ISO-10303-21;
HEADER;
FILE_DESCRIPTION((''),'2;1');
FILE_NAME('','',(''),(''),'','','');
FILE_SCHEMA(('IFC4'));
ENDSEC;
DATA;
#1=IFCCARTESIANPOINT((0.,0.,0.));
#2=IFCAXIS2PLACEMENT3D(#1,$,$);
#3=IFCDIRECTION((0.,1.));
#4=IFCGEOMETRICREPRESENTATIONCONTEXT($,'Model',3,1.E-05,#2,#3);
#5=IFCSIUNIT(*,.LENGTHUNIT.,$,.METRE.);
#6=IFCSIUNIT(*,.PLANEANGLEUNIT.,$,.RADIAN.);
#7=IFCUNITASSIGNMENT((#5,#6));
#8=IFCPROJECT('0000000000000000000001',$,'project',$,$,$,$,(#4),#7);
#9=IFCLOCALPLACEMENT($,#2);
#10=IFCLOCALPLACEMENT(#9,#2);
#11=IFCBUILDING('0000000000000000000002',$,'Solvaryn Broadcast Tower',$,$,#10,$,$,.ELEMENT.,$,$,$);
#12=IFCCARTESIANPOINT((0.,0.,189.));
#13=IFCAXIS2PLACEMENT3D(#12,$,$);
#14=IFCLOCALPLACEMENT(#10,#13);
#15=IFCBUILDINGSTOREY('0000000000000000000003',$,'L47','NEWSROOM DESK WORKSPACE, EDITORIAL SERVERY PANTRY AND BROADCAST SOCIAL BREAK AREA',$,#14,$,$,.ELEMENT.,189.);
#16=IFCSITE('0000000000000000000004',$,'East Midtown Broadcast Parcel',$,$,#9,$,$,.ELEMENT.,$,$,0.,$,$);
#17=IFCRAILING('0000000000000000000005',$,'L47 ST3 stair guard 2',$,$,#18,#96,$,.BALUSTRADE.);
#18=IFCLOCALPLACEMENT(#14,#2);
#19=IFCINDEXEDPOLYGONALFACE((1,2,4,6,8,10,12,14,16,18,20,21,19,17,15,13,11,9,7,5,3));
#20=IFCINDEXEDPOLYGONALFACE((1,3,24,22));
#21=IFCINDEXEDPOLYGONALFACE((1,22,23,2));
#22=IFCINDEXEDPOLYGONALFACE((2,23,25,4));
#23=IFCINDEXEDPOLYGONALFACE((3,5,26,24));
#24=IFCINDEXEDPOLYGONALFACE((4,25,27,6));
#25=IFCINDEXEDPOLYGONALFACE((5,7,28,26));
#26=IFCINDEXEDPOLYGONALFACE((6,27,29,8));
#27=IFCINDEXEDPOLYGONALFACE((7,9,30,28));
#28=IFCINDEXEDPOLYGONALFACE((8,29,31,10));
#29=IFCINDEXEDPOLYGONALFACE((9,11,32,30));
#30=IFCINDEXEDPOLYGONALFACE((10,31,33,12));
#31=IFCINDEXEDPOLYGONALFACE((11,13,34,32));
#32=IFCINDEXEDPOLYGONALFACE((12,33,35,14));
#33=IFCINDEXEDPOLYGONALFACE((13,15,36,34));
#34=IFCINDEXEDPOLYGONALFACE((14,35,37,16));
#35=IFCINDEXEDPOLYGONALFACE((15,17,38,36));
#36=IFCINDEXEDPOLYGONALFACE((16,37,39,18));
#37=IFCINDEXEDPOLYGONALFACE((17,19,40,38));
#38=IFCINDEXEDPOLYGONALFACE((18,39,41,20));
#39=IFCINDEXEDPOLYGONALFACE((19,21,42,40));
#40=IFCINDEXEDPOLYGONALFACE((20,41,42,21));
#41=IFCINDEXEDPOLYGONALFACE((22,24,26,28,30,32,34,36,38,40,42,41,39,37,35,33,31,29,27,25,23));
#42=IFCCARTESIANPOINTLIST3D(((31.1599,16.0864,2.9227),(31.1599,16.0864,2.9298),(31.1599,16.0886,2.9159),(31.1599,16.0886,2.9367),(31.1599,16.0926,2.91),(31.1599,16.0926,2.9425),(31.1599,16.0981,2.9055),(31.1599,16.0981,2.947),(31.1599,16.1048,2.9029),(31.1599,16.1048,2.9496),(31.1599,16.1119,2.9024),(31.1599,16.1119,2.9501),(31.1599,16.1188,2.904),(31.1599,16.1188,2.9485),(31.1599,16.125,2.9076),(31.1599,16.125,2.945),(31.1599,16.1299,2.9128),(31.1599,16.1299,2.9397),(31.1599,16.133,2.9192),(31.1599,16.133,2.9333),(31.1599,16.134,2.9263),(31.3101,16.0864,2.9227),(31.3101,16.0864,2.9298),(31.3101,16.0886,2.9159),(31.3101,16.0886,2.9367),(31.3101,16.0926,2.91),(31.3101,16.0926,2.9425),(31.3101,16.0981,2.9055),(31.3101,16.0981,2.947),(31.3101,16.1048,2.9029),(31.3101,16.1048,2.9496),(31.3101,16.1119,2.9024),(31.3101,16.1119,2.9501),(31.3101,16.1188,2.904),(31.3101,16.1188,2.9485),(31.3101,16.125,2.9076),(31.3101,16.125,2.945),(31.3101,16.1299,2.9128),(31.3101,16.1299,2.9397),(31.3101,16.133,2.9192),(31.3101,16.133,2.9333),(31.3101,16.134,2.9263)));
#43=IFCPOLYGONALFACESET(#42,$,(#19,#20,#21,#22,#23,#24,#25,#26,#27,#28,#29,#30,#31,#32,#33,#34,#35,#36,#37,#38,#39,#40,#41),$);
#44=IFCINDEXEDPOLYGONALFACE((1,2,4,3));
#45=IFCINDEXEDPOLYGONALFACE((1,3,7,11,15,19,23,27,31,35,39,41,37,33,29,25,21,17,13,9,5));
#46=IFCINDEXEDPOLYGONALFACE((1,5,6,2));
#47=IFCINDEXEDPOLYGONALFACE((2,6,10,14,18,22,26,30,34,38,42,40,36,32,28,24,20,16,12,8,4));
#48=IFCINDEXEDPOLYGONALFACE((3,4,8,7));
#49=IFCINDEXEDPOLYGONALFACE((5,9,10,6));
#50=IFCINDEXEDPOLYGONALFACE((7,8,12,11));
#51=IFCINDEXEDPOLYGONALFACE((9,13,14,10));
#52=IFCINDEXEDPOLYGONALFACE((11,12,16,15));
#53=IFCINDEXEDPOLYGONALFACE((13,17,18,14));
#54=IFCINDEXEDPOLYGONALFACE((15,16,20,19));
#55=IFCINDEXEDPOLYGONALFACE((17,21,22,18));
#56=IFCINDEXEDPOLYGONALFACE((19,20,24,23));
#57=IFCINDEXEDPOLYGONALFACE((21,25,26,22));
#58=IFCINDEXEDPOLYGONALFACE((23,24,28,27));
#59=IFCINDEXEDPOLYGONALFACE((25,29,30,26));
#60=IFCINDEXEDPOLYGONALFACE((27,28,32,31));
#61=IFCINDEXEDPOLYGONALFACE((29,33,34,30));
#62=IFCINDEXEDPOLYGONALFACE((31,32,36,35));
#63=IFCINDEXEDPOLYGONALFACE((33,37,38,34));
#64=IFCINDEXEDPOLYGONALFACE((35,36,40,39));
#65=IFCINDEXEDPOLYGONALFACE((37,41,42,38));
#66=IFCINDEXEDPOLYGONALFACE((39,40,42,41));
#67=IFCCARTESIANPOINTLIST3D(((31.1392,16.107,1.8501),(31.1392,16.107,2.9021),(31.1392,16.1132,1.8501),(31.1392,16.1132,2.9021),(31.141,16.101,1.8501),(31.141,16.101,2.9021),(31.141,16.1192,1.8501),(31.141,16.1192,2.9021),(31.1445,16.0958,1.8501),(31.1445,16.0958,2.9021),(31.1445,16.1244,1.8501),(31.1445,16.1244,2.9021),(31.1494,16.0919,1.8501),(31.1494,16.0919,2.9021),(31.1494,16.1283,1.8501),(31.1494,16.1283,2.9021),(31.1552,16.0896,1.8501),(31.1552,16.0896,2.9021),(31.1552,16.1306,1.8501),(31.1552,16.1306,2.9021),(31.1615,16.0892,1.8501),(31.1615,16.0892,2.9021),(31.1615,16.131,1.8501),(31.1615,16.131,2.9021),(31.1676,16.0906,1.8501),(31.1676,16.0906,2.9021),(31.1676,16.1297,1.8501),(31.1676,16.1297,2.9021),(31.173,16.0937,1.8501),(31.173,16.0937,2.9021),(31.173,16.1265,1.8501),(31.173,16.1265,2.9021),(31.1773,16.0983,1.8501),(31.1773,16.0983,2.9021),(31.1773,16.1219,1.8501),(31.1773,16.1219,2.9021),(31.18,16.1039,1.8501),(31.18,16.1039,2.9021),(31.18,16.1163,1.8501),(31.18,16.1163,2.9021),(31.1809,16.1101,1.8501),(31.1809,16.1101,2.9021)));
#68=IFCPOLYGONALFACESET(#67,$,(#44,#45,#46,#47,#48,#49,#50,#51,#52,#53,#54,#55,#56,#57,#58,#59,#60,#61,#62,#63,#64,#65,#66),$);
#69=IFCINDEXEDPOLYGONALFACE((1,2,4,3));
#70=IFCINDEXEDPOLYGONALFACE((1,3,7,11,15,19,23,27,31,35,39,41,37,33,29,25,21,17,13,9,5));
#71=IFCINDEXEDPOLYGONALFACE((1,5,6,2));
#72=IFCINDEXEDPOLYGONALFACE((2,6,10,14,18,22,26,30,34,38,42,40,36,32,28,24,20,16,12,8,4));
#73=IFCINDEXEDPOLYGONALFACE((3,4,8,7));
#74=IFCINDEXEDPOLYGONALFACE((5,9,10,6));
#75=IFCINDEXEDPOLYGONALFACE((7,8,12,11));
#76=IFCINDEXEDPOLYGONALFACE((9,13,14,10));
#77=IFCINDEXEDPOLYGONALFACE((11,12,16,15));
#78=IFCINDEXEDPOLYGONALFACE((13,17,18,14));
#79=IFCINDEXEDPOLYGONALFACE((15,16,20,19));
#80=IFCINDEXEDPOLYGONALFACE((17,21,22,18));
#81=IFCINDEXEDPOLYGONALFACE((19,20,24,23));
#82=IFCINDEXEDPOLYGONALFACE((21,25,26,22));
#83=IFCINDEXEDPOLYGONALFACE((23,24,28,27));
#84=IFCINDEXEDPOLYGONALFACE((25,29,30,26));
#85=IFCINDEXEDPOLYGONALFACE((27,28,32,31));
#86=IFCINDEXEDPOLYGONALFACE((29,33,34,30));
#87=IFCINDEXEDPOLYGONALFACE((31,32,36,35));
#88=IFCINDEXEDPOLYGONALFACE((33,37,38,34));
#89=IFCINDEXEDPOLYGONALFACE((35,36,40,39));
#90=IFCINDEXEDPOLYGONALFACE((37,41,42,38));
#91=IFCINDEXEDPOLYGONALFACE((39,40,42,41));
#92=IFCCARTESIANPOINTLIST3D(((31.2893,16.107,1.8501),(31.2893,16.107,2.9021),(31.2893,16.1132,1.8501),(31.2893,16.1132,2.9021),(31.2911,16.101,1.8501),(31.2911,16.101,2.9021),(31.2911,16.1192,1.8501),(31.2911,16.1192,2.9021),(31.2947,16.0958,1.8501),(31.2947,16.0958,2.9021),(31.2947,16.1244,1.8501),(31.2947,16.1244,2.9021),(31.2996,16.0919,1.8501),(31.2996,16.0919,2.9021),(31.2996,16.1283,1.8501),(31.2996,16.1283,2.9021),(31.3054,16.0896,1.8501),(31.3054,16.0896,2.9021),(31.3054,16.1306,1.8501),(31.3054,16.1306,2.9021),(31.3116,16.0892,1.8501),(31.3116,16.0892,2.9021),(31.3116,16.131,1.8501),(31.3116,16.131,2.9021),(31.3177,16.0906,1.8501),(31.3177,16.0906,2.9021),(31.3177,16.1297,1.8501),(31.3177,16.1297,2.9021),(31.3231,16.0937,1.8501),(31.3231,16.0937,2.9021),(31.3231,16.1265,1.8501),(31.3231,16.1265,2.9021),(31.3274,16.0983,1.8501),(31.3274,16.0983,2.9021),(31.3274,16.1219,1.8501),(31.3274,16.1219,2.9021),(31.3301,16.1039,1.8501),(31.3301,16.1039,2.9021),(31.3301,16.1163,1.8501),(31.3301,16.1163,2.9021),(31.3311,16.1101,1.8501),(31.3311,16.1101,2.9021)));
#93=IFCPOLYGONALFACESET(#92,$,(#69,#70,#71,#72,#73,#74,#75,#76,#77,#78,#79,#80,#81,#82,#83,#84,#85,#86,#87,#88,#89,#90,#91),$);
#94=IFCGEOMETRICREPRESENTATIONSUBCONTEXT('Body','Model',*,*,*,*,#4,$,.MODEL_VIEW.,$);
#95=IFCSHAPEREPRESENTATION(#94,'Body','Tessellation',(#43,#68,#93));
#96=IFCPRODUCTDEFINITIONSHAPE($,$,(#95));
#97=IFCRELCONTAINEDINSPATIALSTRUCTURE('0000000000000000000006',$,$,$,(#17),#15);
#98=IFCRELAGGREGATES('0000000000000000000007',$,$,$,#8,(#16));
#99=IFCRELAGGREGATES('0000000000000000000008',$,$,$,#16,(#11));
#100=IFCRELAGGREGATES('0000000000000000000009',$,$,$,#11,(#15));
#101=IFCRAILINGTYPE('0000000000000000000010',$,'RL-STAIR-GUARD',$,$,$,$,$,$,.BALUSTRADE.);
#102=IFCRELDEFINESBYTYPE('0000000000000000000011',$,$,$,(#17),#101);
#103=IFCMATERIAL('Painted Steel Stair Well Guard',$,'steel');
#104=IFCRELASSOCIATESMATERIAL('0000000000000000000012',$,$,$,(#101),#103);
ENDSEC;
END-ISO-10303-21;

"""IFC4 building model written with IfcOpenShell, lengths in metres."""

from ifc_helpers import new_model, si_unit, direction, frame, origin, origin_2d, place, context, subcontext, project, spatial, circle, extrude, material, type_object, element, save


model = new_model("IFC4")

# Units and contexts
model_context = context("Model", 3, precision=1e-05, world=origin(), true_north=direction((0.0, 1.0)))
body_context = subcontext(model_context, "Body", "Model", "MODEL_VIEW")
ifc_project = project(units=[si_unit("LENGTHUNIT", "METRE"), si_unit("PLANEANGLEUNIT", "RADIAN")], contexts=[model_context])

# Site, building, storey
site_placement = place(None, origin())
site = spatial("IfcSite", under=ifc_project, at=site_placement, Name="East Midtown Broadcast Parcel", CompositionType="ELEMENT", RefElevation=0.0)
building_placement = place(site_placement, origin())
building = spatial("IfcBuilding", under=site, at=building_placement, Name="Solvaryn Broadcast Tower", CompositionType="ELEMENT")
storey_placement = place(building_placement, frame((0.0, 0.0, 189.0)))
storey = spatial("IfcBuildingStorey", under=building, at=storey_placement, Name="L47", Description="NEWSROOM DESK WORKSPACE, EDITORIAL SERVERY PANTRY AND BROADCAST SOCIAL BREAK AREA", CompositionType="ELEMENT", Elevation=189.0)

# Railing
ifc_material_1 = material(Name="Painted Steel Stair Well Guard", Category="steel")
railing_type_1 = type_object("IfcRailingType", Name="RL-STAIR-GUARD", PredefinedType="BALUSTRADE", material=ifc_material_1)
railing_1_placement = place(storey_placement, frame((31.1599, 16.1101, 1.8501)))
element("IfcRailing", 1, at=railing_1_placement, inside=storey, type_object=railing_type_1, Name="L47 ST3 stair guard 2", PredefinedType="BALUSTRADE", context=body_context, shape_type="SweptSolid", body=[
    extrude(circle(Radius=0.0239, at=origin_2d()), frame((0.0, 0.0, 1.0762), z_axis=(1.0, 0.0, 0.0), x_axis=(0.0, 1.0, 0.0)), (0.0, 0.0, 1.0), 0.1501),
    extrude(circle(Radius=0.021, at=origin_2d()), origin(), (0.0, 0.0, 1.0), 1.052),
    extrude(circle(Radius=0.021, at=origin_2d()), frame((0.1501, 0.0, 0.0)), (0.0, 0.0, 1.0), 1.052),
])

save(model, "model.ifc")
